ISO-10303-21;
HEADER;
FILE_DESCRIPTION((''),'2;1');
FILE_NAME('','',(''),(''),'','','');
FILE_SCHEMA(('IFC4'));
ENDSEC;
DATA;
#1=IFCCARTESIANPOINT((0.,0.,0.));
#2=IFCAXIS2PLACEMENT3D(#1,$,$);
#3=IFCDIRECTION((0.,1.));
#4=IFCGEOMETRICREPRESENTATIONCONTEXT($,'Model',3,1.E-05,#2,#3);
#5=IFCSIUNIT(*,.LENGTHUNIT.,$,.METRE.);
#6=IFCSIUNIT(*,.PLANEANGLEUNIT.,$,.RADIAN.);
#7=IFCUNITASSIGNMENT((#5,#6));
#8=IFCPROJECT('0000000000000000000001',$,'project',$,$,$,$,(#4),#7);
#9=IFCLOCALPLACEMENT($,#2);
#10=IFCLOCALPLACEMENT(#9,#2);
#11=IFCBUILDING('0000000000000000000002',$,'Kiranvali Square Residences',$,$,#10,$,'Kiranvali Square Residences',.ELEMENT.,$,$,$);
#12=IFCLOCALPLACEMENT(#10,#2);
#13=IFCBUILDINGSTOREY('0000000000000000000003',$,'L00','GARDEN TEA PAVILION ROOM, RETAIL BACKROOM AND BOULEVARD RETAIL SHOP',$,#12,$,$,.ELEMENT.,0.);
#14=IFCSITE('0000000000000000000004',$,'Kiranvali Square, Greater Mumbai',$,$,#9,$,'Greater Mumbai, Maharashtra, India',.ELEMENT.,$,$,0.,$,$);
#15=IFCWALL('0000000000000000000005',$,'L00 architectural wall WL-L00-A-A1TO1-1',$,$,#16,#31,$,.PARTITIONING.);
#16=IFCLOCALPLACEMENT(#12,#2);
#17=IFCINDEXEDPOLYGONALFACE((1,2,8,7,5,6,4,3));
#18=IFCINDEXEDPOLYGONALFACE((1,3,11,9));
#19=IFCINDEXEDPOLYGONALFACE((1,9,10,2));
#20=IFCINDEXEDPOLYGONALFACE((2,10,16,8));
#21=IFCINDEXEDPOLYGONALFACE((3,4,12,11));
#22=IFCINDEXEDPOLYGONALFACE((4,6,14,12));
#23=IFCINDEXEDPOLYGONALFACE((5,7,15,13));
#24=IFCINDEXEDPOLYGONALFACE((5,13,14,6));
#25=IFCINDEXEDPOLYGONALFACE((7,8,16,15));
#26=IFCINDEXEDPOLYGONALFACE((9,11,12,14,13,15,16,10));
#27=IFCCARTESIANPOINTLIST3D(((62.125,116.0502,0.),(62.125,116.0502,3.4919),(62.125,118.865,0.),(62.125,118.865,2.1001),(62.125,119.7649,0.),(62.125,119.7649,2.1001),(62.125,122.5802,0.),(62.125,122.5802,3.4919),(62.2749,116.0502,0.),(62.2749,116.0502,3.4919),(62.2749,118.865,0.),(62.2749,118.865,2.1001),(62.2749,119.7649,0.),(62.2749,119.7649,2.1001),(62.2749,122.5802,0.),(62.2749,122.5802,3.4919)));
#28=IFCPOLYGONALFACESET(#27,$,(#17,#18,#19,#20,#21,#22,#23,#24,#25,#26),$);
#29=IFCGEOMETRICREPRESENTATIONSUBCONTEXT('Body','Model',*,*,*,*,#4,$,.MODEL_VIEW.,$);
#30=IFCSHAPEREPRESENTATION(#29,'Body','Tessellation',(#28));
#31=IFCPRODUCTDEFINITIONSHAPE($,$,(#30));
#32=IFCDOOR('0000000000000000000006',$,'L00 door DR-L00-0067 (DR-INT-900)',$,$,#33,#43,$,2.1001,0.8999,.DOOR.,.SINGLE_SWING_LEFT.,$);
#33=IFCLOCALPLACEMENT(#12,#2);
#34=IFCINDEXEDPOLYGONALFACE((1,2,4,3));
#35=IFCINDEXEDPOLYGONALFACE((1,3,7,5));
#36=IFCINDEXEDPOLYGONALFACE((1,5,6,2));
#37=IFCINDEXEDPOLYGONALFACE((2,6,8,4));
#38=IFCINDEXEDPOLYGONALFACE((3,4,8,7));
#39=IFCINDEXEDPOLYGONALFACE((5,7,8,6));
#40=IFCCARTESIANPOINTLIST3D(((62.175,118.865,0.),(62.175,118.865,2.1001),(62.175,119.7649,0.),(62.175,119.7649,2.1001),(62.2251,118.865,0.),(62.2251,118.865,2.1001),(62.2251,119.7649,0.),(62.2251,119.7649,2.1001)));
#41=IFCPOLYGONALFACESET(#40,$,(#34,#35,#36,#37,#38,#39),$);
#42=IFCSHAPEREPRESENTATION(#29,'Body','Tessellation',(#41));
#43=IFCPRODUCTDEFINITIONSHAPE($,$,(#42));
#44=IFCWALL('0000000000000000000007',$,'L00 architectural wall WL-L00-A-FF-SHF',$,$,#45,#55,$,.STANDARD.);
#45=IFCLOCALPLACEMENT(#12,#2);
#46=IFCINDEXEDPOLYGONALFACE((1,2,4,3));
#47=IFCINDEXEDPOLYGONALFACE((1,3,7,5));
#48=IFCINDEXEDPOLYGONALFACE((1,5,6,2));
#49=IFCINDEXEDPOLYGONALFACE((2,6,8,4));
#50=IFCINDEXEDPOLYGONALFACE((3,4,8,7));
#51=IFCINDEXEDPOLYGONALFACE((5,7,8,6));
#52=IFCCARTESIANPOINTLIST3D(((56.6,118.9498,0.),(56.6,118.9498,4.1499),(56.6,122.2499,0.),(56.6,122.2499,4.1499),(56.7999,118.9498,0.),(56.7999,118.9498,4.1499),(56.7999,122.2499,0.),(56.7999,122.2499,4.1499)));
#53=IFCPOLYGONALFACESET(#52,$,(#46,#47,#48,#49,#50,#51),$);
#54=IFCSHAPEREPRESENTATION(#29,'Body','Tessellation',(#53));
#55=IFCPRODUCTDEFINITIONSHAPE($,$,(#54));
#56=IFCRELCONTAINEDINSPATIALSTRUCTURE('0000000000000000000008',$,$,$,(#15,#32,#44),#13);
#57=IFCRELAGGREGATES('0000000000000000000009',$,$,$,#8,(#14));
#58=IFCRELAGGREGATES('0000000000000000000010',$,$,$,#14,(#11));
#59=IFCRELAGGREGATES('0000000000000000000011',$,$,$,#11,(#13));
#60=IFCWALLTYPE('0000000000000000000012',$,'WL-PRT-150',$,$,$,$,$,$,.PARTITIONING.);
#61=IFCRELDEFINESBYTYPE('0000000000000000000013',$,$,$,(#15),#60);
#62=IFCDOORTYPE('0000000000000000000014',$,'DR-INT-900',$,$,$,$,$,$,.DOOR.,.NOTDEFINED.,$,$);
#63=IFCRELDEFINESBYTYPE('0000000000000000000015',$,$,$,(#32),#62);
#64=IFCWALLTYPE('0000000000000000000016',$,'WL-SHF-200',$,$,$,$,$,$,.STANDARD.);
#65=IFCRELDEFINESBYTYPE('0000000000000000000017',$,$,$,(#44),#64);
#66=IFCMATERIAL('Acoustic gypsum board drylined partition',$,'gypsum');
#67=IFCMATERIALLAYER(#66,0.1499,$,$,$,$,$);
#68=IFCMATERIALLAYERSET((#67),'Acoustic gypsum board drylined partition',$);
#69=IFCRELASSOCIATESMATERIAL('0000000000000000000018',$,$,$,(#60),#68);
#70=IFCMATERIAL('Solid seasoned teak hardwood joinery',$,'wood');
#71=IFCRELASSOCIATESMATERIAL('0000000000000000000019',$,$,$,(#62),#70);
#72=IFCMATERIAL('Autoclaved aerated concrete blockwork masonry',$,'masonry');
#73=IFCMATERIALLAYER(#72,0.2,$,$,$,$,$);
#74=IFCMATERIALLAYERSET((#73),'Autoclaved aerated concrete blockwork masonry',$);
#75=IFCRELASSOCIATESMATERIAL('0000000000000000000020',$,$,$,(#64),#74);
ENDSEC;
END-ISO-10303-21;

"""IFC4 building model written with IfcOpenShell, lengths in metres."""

from ifc_helpers import new_model, si_unit, direction, frame, frame_2d, origin, place, context, subcontext, project, spatial, rectangle, extrude, material, layer, layer_set, type_object, element, fill, save


model = new_model("IFC4")

# Units and contexts
model_context = context("Model", 3, precision=1e-05, world=origin(), true_north=direction((0.0, 1.0)))
body_context = subcontext(model_context, "Body", "Model", "MODEL_VIEW")
ifc_project = project(units=[si_unit("LENGTHUNIT", "METRE"), si_unit("PLANEANGLEUNIT", "RADIAN")], contexts=[model_context])

# Site, building, storey
site_placement = place(None, origin())
site = spatial("IfcSite", under=ifc_project, at=site_placement, Name="Kiranvali Square, Greater Mumbai", LongName="Greater Mumbai, Maharashtra, India", CompositionType="ELEMENT", RefElevation=0.0)
building_placement = place(site_placement, origin())
building = spatial("IfcBuilding", under=site, at=building_placement, Name="Kiranvali Square Residences", LongName="Kiranvali Square Residences", CompositionType="ELEMENT")
storey_placement = place(building_placement, origin())
storey = spatial("IfcBuildingStorey", under=building, at=storey_placement, Name="L00", Description="GARDEN TEA PAVILION ROOM, RETAIL BACKROOM AND BOULEVARD RETAIL SHOP", CompositionType="ELEMENT", Elevation=0.0)

# Shared definitions
ifc_material_1 = material(Name="Autoclaved aerated concrete blockwork masonry", Category="masonry")

# Wall, opening, door
ifc_material_2 = material(Name="Acoustic gypsum board drylined partition", Category="gypsum")
ifc_layer_1 = layer(ifc_material_2, 0.1499)
ifc_layer_set_1 = layer_set([ifc_layer_1], Name="Acoustic gypsum board drylined partition")
wall_type_1 = type_object("IfcWallType", Name="WL-PRT-150", PredefinedType="PARTITIONING", material=ifc_layer_set_1)
wall_1_placement = place(storey_placement, frame((62.2, 116.05, 0.0), z_axis=(0.0, 0.0, 1.0), x_axis=(0.0, 1.0, 0.0)))
wall_1 = element("IfcWall", 1, at=wall_1_placement, inside=storey, type_object=wall_type_1, Name="L00 architectural wall WL-L00-A-A1TO1-1", PredefinedType="PARTITIONING", context=body_context, shape_type="SweptSolid", body=[
    extrude(rectangle(XDim=6.53, YDim=0.1499, at=frame_2d((3.2651, 0.0))), origin(), (0.0, 0.0, 1.0), 3.4919),
])
opening_1_placement = place(wall_1_placement, frame((2.8149, 0.0, 0.0)))
opening_1 = element("IfcOpeningElement", 2, at=opening_1_placement, cuts=wall_1, PredefinedType="OPENING", context=body_context, shape_type="SweptSolid", body=[
    extrude(rectangle(XDim=0.8999, YDim=2.1001, at=frame_2d((0.45, 1.05))), frame((0.0, 0.085, 0.0), z_axis=(0.0, -1.0, 0.0), x_axis=(1.0, 0.0, 0.0)), (0.0, 0.0, 1.0), 0.1699),
])
ifc_material_3 = material(Name="Solid seasoned teak hardwood joinery", Category="wood")
door_type_1 = type_object("IfcDoorType", Name="DR-INT-900", OperationType="NOTDEFINED", PredefinedType="DOOR", material=ifc_material_3)
door_1_placement = place(opening_1_placement, origin())
door_1 = element("IfcDoor", 3, at=door_1_placement, inside=storey, type_object=door_type_1, Name="L00 door DR-L00-0067 (DR-INT-900)", OperationType="SINGLE_SWING_LEFT", OverallHeight=2.1001, OverallWidth=0.8999, PredefinedType="DOOR", context=body_context, shape_type="SweptSolid", body=[
    extrude(rectangle(XDim=0.8999, YDim=2.1001, at=frame_2d((0.45, 1.05))), frame((0.0, 0.0249, 0.0), z_axis=(0.0, -1.0, 0.0), x_axis=(1.0, 0.0, 0.0)), (0.0, 0.0, 1.0), 0.05),
])
fill(opening_1, door_1)

# Wall
ifc_layer_2 = layer(ifc_material_1, 0.2)
ifc_layer_set_2 = layer_set([ifc_layer_2], Name="Autoclaved aerated concrete blockwork masonry")
wall_type_2 = type_object("IfcWallType", Name="WL-SHF-200", PredefinedType="STANDARD", material=ifc_layer_set_2)
wall_2_placement = place(storey_placement, frame((56.7, 118.95, 0.0), z_axis=(0.0, 0.0, 1.0), x_axis=(0.0, 1.0, 0.0)))
element("IfcWall", 4, at=wall_2_placement, inside=storey, type_object=wall_type_2, Name="L00 architectural wall WL-L00-A-FF-SHF", PredefinedType="STANDARD", context=body_context, shape_type="SweptSolid", body=[
    extrude(rectangle(XDim=3.3, YDim=0.2, at=frame_2d((1.6499, 0.0))), origin(), (0.0, 0.0, 1.0), 4.1499),
])

save(model, "model.ifc")
